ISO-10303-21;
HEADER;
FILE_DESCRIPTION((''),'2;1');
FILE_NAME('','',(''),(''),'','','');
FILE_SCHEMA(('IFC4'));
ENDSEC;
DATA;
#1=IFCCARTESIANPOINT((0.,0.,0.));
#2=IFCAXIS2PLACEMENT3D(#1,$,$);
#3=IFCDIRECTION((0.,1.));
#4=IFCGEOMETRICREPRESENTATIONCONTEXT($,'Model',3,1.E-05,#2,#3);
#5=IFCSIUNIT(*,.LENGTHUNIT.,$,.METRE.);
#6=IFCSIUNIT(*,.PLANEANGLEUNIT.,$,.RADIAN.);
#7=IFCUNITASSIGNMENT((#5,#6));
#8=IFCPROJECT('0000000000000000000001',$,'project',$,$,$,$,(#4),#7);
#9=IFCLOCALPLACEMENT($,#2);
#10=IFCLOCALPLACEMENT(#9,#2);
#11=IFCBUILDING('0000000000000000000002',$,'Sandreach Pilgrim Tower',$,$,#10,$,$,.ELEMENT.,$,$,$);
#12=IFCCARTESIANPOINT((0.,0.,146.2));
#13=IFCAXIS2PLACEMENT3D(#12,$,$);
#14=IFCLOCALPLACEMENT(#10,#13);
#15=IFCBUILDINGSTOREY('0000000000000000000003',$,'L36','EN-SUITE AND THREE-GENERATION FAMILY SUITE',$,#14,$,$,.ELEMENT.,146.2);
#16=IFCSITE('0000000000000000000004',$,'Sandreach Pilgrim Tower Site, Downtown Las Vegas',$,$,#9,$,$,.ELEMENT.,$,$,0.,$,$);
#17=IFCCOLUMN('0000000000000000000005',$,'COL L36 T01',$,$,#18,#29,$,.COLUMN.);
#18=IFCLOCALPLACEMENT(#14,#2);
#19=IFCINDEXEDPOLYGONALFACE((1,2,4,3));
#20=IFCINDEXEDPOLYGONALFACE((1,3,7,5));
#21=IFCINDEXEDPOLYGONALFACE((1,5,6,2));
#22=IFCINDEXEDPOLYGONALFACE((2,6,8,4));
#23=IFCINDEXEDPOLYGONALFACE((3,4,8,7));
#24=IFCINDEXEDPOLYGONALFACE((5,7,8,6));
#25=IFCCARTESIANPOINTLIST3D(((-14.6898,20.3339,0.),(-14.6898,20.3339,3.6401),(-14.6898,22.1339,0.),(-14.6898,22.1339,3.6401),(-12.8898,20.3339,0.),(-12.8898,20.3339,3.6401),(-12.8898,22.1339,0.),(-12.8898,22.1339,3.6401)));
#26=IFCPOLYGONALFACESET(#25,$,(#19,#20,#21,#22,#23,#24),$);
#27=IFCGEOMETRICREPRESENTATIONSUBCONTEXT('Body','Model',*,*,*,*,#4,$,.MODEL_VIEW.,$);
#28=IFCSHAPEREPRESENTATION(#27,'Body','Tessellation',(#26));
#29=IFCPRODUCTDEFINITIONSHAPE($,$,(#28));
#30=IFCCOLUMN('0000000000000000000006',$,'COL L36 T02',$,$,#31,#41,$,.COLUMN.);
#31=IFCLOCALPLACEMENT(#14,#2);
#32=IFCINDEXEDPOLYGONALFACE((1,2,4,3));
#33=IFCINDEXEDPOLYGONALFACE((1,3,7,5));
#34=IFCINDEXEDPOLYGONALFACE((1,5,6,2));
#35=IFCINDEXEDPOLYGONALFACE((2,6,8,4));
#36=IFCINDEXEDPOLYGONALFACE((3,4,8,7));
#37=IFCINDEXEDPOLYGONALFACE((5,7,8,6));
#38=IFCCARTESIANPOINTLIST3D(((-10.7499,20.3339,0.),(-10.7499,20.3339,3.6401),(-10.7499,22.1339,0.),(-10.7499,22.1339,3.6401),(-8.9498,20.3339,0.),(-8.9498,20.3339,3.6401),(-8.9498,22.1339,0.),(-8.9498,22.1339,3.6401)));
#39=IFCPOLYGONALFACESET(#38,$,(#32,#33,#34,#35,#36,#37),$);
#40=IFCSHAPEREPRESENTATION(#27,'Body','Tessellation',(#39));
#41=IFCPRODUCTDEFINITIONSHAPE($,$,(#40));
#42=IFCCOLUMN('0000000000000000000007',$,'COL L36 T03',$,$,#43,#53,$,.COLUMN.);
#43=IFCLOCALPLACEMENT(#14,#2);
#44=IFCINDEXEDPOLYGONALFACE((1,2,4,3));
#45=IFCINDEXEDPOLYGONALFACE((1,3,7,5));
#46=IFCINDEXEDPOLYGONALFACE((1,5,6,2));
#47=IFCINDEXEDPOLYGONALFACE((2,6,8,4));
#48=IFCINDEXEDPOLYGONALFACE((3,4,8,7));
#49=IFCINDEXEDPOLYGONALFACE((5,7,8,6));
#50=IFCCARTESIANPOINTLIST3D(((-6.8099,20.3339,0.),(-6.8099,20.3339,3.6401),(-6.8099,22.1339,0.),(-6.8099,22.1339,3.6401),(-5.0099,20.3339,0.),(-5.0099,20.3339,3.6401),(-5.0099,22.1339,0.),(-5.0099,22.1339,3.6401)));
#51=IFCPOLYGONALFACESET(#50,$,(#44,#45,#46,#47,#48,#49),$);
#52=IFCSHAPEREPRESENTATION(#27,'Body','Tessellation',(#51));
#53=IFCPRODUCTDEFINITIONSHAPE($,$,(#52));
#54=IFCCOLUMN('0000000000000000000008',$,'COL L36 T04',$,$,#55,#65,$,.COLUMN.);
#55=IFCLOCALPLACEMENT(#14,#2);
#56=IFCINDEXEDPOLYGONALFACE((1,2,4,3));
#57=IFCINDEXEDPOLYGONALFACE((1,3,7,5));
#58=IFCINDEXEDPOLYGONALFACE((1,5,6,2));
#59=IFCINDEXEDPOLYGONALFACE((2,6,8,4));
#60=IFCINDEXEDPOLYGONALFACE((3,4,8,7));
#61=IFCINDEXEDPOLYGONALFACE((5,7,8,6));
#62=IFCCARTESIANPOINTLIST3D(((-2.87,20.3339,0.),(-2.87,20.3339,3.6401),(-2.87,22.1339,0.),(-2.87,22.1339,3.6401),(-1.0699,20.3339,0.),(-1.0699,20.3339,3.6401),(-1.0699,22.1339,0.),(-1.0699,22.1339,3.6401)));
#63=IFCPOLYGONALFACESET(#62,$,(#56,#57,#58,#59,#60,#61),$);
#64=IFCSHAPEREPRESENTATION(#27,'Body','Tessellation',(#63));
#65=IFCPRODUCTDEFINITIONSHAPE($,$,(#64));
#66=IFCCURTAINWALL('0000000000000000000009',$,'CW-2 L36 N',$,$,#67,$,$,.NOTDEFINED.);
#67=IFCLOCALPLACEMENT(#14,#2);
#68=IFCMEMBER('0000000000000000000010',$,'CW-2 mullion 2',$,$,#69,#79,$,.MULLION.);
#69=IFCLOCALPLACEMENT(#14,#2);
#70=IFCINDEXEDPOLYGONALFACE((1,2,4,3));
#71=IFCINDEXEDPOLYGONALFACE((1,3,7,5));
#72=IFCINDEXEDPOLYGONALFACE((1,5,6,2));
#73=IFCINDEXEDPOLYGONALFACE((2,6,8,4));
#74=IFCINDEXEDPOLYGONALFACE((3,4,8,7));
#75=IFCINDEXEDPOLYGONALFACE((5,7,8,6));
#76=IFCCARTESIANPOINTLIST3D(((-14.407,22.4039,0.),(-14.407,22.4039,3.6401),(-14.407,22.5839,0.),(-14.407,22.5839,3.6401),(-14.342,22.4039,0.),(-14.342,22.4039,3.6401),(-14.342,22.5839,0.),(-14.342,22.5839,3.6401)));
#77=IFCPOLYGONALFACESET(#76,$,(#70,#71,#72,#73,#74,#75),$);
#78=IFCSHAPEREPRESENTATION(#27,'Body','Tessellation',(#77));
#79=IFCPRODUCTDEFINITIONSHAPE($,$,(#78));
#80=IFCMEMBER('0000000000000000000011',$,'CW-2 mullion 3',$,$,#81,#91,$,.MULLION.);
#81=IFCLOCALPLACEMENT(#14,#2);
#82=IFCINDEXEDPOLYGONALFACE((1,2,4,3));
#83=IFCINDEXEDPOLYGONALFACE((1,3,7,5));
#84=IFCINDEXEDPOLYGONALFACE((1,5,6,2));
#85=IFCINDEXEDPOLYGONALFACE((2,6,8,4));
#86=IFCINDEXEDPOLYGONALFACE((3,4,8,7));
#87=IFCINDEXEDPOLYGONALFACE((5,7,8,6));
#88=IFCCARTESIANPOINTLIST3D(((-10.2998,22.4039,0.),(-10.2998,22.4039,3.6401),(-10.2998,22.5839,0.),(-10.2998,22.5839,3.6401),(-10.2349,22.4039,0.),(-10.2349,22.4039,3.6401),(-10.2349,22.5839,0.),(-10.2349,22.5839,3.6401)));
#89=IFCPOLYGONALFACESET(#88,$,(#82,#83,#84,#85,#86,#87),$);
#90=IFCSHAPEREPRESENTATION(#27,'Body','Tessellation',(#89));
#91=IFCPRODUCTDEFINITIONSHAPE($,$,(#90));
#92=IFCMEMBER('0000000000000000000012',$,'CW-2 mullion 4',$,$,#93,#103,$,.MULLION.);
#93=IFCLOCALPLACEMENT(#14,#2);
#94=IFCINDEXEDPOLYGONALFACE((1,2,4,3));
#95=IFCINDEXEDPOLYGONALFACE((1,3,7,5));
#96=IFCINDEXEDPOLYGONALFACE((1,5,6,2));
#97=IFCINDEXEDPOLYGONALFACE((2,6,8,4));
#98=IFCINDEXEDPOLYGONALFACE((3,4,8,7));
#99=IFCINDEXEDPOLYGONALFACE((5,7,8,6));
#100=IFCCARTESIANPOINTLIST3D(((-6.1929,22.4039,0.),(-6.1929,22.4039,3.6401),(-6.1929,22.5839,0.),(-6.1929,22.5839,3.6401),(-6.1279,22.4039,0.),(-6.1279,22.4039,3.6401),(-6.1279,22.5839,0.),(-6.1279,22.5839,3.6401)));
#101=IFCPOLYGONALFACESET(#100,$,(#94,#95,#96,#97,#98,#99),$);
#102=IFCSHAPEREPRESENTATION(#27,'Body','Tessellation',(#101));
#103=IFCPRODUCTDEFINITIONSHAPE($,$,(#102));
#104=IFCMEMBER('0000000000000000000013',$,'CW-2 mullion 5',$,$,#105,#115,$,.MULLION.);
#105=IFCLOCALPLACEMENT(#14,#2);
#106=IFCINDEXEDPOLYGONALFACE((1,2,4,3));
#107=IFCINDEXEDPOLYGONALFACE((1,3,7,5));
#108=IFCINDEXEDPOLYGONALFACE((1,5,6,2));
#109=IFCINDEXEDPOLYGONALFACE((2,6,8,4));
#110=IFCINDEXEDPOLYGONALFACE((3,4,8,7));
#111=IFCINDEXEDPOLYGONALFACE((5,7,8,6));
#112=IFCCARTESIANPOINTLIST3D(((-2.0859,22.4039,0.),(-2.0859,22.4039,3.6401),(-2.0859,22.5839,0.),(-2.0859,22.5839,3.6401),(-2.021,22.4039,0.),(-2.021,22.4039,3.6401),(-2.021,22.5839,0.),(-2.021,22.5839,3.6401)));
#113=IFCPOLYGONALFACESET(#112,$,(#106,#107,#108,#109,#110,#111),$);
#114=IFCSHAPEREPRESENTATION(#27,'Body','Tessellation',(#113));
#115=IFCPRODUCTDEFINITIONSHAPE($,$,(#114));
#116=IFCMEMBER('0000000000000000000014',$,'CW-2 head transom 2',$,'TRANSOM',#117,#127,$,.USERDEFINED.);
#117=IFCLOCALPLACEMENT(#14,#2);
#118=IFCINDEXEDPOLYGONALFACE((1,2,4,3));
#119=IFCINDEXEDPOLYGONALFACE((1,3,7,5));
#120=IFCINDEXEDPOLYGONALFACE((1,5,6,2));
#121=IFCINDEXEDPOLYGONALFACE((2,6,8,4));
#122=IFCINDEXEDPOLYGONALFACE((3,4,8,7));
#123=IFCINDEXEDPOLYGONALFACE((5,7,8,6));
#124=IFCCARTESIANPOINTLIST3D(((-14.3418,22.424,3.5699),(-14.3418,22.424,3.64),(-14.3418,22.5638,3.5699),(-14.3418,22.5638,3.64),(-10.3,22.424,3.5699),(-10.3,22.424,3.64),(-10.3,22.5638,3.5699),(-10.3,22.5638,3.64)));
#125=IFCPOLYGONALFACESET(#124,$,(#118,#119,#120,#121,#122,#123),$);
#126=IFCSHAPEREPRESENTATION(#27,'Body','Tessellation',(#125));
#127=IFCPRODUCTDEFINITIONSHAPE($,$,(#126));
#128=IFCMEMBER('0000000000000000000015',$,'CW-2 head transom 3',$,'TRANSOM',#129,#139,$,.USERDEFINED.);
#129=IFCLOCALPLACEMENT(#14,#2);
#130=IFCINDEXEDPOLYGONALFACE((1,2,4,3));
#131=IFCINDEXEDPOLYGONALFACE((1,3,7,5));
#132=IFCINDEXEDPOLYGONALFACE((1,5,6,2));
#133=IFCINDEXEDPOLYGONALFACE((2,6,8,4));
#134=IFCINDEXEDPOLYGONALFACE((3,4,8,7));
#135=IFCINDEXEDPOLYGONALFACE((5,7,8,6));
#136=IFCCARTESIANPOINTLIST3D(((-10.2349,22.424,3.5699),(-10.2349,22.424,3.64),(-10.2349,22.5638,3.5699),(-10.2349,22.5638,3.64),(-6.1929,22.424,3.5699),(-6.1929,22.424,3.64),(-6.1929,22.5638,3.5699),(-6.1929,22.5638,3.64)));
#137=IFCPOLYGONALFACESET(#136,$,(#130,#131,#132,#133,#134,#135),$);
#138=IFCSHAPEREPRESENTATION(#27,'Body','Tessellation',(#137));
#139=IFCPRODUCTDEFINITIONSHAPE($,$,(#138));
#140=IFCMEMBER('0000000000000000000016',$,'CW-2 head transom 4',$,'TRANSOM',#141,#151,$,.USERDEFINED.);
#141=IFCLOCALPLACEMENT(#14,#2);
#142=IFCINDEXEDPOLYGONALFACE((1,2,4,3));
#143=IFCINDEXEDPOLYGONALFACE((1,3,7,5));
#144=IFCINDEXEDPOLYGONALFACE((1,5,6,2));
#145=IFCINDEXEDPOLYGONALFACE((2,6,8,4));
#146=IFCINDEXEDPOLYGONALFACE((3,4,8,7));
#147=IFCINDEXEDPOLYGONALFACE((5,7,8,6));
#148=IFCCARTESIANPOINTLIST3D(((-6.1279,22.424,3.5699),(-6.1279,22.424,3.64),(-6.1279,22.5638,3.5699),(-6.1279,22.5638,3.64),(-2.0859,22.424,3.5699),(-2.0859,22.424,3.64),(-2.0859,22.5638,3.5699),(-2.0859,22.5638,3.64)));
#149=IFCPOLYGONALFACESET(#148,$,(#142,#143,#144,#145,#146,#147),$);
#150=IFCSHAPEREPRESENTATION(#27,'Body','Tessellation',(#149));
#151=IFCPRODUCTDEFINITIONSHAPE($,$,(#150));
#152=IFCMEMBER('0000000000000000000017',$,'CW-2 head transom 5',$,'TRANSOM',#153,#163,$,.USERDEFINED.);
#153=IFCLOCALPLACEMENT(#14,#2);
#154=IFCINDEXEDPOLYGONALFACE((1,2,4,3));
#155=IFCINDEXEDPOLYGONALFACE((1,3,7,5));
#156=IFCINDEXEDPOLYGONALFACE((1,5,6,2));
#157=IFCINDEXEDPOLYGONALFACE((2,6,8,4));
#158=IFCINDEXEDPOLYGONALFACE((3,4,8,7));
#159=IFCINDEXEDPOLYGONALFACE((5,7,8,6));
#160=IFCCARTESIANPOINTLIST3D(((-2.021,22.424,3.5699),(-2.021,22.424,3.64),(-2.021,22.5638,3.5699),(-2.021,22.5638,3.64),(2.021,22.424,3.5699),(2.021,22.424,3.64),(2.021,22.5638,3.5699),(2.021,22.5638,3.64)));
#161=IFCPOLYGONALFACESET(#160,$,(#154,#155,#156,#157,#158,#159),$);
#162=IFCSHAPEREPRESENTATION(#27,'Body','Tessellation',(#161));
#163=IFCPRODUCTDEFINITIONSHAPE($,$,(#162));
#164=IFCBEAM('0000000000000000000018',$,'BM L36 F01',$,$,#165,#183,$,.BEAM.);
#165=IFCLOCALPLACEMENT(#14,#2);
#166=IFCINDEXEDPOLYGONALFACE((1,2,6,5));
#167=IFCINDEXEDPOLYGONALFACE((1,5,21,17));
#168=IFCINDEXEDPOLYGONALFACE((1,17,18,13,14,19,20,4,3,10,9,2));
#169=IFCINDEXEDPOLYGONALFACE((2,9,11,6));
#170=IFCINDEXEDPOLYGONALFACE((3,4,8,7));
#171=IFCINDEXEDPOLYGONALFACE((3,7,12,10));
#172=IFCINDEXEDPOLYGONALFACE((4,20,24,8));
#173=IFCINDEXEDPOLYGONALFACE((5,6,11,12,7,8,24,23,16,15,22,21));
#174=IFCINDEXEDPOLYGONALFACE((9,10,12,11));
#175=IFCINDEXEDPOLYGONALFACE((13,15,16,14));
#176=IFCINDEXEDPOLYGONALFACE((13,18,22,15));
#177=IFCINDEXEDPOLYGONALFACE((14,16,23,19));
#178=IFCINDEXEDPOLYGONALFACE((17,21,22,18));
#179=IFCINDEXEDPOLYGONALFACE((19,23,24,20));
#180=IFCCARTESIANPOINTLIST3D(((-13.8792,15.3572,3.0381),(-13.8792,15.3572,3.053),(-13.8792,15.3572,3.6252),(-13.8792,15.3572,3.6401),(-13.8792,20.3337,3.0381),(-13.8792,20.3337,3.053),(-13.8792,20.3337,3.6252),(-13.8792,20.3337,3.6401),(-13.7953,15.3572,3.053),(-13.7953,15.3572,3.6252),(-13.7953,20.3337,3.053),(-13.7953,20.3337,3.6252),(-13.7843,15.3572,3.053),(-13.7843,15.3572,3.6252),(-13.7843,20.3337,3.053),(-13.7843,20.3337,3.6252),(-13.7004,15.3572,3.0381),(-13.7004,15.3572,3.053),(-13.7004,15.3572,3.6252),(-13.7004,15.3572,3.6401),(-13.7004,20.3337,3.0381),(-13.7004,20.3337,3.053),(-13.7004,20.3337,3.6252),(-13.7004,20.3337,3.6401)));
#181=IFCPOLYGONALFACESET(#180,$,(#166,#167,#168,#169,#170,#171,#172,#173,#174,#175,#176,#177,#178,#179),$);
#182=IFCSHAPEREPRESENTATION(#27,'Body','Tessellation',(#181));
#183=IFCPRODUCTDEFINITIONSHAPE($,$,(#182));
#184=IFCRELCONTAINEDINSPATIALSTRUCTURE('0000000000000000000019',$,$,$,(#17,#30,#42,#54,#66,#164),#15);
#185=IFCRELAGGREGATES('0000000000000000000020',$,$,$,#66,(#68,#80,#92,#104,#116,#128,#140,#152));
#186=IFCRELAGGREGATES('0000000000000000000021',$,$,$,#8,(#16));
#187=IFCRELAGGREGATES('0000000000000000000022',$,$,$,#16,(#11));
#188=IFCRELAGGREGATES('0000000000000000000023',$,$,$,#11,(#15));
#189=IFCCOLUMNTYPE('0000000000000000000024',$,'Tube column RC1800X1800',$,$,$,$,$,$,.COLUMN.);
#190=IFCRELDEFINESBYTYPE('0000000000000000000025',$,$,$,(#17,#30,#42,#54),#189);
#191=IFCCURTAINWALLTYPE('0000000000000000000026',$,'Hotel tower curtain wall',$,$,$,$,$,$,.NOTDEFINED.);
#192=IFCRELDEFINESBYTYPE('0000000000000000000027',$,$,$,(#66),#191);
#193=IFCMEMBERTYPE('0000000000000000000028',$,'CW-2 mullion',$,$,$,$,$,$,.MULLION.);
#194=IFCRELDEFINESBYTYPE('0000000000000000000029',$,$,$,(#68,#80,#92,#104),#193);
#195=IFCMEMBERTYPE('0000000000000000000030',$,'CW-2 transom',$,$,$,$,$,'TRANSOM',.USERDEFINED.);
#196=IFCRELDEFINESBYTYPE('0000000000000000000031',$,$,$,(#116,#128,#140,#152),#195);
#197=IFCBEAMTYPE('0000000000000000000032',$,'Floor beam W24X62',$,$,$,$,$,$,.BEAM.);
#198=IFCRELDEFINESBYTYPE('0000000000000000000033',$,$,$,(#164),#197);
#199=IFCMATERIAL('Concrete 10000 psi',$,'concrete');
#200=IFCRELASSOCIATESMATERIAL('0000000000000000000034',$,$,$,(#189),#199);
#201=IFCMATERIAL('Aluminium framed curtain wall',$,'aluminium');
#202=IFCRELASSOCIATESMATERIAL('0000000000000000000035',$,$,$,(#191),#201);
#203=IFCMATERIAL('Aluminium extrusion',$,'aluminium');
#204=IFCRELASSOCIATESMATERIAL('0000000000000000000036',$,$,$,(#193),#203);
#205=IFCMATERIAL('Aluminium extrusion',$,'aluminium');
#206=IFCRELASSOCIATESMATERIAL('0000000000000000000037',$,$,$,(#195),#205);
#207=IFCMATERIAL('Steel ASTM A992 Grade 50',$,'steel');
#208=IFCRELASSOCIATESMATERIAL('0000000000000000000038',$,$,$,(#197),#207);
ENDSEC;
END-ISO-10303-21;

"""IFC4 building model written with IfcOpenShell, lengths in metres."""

from ifc_helpers import new_model, si_unit, direction, frame, origin, origin_2d, place, context, subcontext, project, spatial, rectangle, i_section, extrude, clip, halfspace, material, material_profile, profile_set, type_object, element, aggregate, save


model = new_model("IFC4")

# Units and contexts
model_context = context("Model", 3, precision=1e-05, world=origin(), true_north=direction((0.0, 1.0)))
body_context = subcontext(model_context, "Body", "Model", "MODEL_VIEW")
ifc_project = project(units=[si_unit("LENGTHUNIT", "METRE"), si_unit("PLANEANGLEUNIT", "RADIAN")], contexts=[model_context])

# Site, building, storey
site_placement = place(None, origin())
site = spatial("IfcSite", under=ifc_project, at=site_placement, Name="Sandreach Pilgrim Tower Site, Downtown Las Vegas", CompositionType="ELEMENT", RefElevation=0.0)
building_placement = place(site_placement, origin())
building = spatial("IfcBuilding", under=site, at=building_placement, Name="Sandreach Pilgrim Tower", CompositionType="ELEMENT")
storey_placement = place(building_placement, frame((0.0, 0.0, 146.2)))
storey = spatial("IfcBuildingStorey", under=building, at=storey_placement, Name="L36", Description="EN-SUITE AND THREE-GENERATION FAMILY SUITE", CompositionType="ELEMENT", Elevation=146.2)

# Columns
ifc_material_1 = material(Name="Concrete 10000 psi", Category="concrete")
ifc_material_profile_1 = material_profile(ifc_material_1, rectangle(XDim=1.8, YDim=1.8, at=origin_2d()), Name="RC1800X1800")
ifc_profile_set_1 = profile_set([ifc_material_profile_1], Name="Concrete 10000 psi")
column_type = type_object("IfcColumnType", Name="Tube column RC1800X1800", PredefinedType="COLUMN", material=ifc_profile_set_1)
column_1_placement = place(storey_placement, frame((-13.7898, 21.2339, 0.0), z_axis=(0.0, 0.0, 1.0), x_axis=(0.0, 1.0, 0.0)))
element("IfcColumn", 1, at=column_1_placement, inside=storey, type_object=column_type, Name="COL L36 T01", PredefinedType="COLUMN", context=body_context, shape_type="SweptSolid", body=[
    clip(extrude(rectangle(XDim=1.8, YDim=1.8, at=origin_2d()), origin(), (0.0, 0.0, 1.0), 3.73), halfspace(frame((0.0, 0.0, 3.6401)), False)),
])
column_2_placement = place(storey_placement, frame((-9.8499, 21.2339, 0.0), z_axis=(0.0, 0.0, 1.0), x_axis=(0.0, 1.0, 0.0)))
element("IfcColumn", 2, at=column_2_placement, inside=storey, type_object=column_type, Name="COL L36 T02", PredefinedType="COLUMN", context=body_context, shape_type="SweptSolid", body=[
    clip(extrude(rectangle(XDim=1.8, YDim=1.8, at=origin_2d()), origin(), (0.0, 0.0, 1.0), 3.7378), halfspace(frame((0.0, 0.0, 3.6401)), False)),
])
column_3_placement = place(storey_placement, frame((-5.9099, 21.2339, 0.0), z_axis=(0.0, 0.0, 1.0), x_axis=(0.0, 1.0, 0.0)))
element("IfcColumn", 3, at=column_3_placement, inside=storey, type_object=column_type, Name="COL L36 T03", PredefinedType="COLUMN", context=body_context, shape_type="SweptSolid", body=[
    clip(extrude(rectangle(XDim=1.8, YDim=1.8, at=origin_2d()), origin(), (0.0, 0.0, 1.0), 3.7456), halfspace(frame((0.0, 0.0, 3.6401)), False)),
])
column_4_placement = place(storey_placement, frame((-1.97, 21.2339, 0.0), z_axis=(0.0, 0.0, 1.0), x_axis=(0.0, 1.0, 0.0)))
element("IfcColumn", 4, at=column_4_placement, inside=storey, type_object=column_type, Name="COL L36 T04", PredefinedType="COLUMN", context=body_context, shape_type="SweptSolid", body=[
    clip(extrude(rectangle(XDim=1.8, YDim=1.8, at=origin_2d()), origin(), (0.0, 0.0, 1.0), 3.7537), halfspace(frame((0.0, 0.0, 3.6401)), False)),
])

# Curtain wall, members
ifc_material_2 = material(Name="Aluminium framed curtain wall", Category="aluminium")
curtain_wall_type = type_object("IfcCurtainWallType", Name="Hotel tower curtain wall", PredefinedType="NOTDEFINED", material=ifc_material_2)
curtain_wall_placement = place(storey_placement, origin())
curtain_wall = element("IfcCurtainWall", 5, at=curtain_wall_placement, inside=storey, type_object=curtain_wall_type, Name="CW-2 L36 N", PredefinedType="NOTDEFINED")
ifc_material_3 = material(Name="Aluminium extrusion", Category="aluminium")
ifc_material_profile_2 = material_profile(ifc_material_3, rectangle(XDim=0.0649, YDim=0.1799, at=origin_2d()), Name="CW-2M 65X180")
ifc_profile_set_2 = profile_set([ifc_material_profile_2], Name="Aluminium extrusion")
member_type_1 = type_object("IfcMemberType", Name="CW-2 mullion", PredefinedType="MULLION", material=ifc_profile_set_2)
member_1_placement = place(storey_placement, frame((-14.3745, 22.4939, 0.0), z_axis=(0.0, 0.0, 1.0), x_axis=(1.0, 0.0, 0.0)))
member_1 = element("IfcMember", 6, at=member_1_placement, type_object=member_type_1, Name="CW-2 mullion 2", PredefinedType="MULLION", context=body_context, shape_type="SweptSolid", body=[
    extrude(rectangle(XDim=0.0649, YDim=0.1799, at=origin_2d()), origin(), (0.0, 0.0, 1.0), 3.6401),
])
member_2_placement = place(storey_placement, frame((-10.2673, 22.4939, 0.0), z_axis=(0.0, 0.0, 1.0), x_axis=(1.0, 0.0, 0.0)))
member_2 = element("IfcMember", 7, at=member_2_placement, type_object=member_type_1, Name="CW-2 mullion 3", PredefinedType="MULLION", context=body_context, shape_type="SweptSolid", body=[
    extrude(rectangle(XDim=0.0649, YDim=0.1799, at=origin_2d()), origin(), (0.0, 0.0, 1.0), 3.6401),
])
member_3_placement = place(storey_placement, frame((-6.1604, 22.4939, 0.0), z_axis=(0.0, 0.0, 1.0), x_axis=(1.0, 0.0, 0.0)))
member_3 = element("IfcMember", 8, at=member_3_placement, type_object=member_type_1, Name="CW-2 mullion 4", PredefinedType="MULLION", context=body_context, shape_type="SweptSolid", body=[
    extrude(rectangle(XDim=0.0649, YDim=0.1799, at=origin_2d()), origin(), (0.0, 0.0, 1.0), 3.6401),
])
member_4_placement = place(storey_placement, frame((-2.0535, 22.4939, 0.0), z_axis=(0.0, 0.0, 1.0), x_axis=(1.0, 0.0, 0.0)))
member_4 = element("IfcMember", 9, at=member_4_placement, type_object=member_type_1, Name="CW-2 mullion 5", PredefinedType="MULLION", context=body_context, shape_type="SweptSolid", body=[
    extrude(rectangle(XDim=0.0649, YDim=0.1799, at=origin_2d()), origin(), (0.0, 0.0, 1.0), 3.6401),
])
ifc_material_4 = material(Name="Aluminium extrusion", Category="aluminium")
ifc_material_profile_3 = material_profile(ifc_material_4, rectangle(XDim=0.1399, YDim=0.0701, at=origin_2d()), Name="CW-2T 140X70")
ifc_profile_set_3 = profile_set([ifc_material_profile_3], Name="Aluminium extrusion")
member_type_2 = type_object("IfcMemberType", Name="CW-2 transom", ElementType="TRANSOM", PredefinedType="USERDEFINED", material=ifc_profile_set_3)
member_5_placement = place(storey_placement, frame((-14.3418, 22.4939, 3.605), z_axis=(1.0, 0.0, 0.0), x_axis=(0.0, 1.0, 0.0)))
member_5 = element("IfcMember", 10, at=member_5_placement, type_object=member_type_2, Name="CW-2 head transom 2", ObjectType="TRANSOM", PredefinedType="USERDEFINED", context=body_context, shape_type="SweptSolid", body=[
    extrude(rectangle(XDim=0.1399, YDim=0.0701, at=origin_2d()), origin(), (0.0, 0.0, 1.0), 4.0417),
])
member_6_placement = place(storey_placement, frame((-10.2349, 22.4939, 3.605), z_axis=(1.0, 0.0, 0.0), x_axis=(0.0, 1.0, 0.0)))
member_6 = element("IfcMember", 11, at=member_6_placement, type_object=member_type_2, Name="CW-2 head transom 3", ObjectType="TRANSOM", PredefinedType="USERDEFINED", context=body_context, shape_type="SweptSolid", body=[
    extrude(rectangle(XDim=0.1399, YDim=0.0701, at=origin_2d()), origin(), (0.0, 0.0, 1.0), 4.042),
])
member_7_placement = place(storey_placement, frame((-6.1279, 22.4939, 3.605), z_axis=(1.0, 0.0, 0.0), x_axis=(0.0, 1.0, 0.0)))
member_7 = element("IfcMember", 12, at=member_7_placement, type_object=member_type_2, Name="CW-2 head transom 4", ObjectType="TRANSOM", PredefinedType="USERDEFINED", context=body_context, shape_type="SweptSolid", body=[
    extrude(rectangle(XDim=0.1399, YDim=0.0701, at=origin_2d()), origin(), (0.0, 0.0, 1.0), 4.042),
])
member_8_placement = place(storey_placement, frame((-2.021, 22.4939, 3.605), z_axis=(1.0, 0.0, 0.0), x_axis=(0.0, 1.0, 0.0)))
member_8 = element("IfcMember", 13, at=member_8_placement, type_object=member_type_2, Name="CW-2 head transom 5", ObjectType="TRANSOM", PredefinedType="USERDEFINED", context=body_context, shape_type="SweptSolid", body=[
    extrude(rectangle(XDim=0.1399, YDim=0.0701, at=origin_2d()), origin(), (0.0, 0.0, 1.0), 4.042),
])

# Beam
ifc_material_5 = material(Name="Steel ASTM A992 Grade 50", Category="steel")
ifc_material_profile_4 = material_profile(ifc_material_5, i_section(OverallWidth=0.1787, OverallDepth=0.6021, WebThickness=0.011, FlangeThickness=0.0149, at=origin_2d()), Name="W24X62")
ifc_profile_set_4 = profile_set([ifc_material_profile_4], Name="Steel ASTM A992 Grade 50")
beam_type_1 = type_object("IfcBeamType", Name="Floor beam W24X62", PredefinedType="BEAM", material=ifc_profile_set_4)
beam_1_placement = place(storey_placement, frame((-13.7898, 20.3337, 3.3391), z_axis=(0.0, -1.0, 0.0), x_axis=(1.0, 0.0, 0.0)))
element("IfcBeam", 14, at=beam_1_placement, inside=storey, type_object=beam_type_1, Name="BM L36 F01", PredefinedType="BEAM", context=body_context, shape_type="SweptSolid", body=[
    extrude(i_section(OverallWidth=0.1787, OverallDepth=0.6021, WebThickness=0.011, FlangeThickness=0.0149, at=origin_2d()), origin(), (0.0, 0.0, 1.0), 4.9766),
])

aggregate(curtain_wall, [member_1, member_2, member_3, member_4, member_5, member_6, member_7, member_8])

save(model, "model.ifc")
